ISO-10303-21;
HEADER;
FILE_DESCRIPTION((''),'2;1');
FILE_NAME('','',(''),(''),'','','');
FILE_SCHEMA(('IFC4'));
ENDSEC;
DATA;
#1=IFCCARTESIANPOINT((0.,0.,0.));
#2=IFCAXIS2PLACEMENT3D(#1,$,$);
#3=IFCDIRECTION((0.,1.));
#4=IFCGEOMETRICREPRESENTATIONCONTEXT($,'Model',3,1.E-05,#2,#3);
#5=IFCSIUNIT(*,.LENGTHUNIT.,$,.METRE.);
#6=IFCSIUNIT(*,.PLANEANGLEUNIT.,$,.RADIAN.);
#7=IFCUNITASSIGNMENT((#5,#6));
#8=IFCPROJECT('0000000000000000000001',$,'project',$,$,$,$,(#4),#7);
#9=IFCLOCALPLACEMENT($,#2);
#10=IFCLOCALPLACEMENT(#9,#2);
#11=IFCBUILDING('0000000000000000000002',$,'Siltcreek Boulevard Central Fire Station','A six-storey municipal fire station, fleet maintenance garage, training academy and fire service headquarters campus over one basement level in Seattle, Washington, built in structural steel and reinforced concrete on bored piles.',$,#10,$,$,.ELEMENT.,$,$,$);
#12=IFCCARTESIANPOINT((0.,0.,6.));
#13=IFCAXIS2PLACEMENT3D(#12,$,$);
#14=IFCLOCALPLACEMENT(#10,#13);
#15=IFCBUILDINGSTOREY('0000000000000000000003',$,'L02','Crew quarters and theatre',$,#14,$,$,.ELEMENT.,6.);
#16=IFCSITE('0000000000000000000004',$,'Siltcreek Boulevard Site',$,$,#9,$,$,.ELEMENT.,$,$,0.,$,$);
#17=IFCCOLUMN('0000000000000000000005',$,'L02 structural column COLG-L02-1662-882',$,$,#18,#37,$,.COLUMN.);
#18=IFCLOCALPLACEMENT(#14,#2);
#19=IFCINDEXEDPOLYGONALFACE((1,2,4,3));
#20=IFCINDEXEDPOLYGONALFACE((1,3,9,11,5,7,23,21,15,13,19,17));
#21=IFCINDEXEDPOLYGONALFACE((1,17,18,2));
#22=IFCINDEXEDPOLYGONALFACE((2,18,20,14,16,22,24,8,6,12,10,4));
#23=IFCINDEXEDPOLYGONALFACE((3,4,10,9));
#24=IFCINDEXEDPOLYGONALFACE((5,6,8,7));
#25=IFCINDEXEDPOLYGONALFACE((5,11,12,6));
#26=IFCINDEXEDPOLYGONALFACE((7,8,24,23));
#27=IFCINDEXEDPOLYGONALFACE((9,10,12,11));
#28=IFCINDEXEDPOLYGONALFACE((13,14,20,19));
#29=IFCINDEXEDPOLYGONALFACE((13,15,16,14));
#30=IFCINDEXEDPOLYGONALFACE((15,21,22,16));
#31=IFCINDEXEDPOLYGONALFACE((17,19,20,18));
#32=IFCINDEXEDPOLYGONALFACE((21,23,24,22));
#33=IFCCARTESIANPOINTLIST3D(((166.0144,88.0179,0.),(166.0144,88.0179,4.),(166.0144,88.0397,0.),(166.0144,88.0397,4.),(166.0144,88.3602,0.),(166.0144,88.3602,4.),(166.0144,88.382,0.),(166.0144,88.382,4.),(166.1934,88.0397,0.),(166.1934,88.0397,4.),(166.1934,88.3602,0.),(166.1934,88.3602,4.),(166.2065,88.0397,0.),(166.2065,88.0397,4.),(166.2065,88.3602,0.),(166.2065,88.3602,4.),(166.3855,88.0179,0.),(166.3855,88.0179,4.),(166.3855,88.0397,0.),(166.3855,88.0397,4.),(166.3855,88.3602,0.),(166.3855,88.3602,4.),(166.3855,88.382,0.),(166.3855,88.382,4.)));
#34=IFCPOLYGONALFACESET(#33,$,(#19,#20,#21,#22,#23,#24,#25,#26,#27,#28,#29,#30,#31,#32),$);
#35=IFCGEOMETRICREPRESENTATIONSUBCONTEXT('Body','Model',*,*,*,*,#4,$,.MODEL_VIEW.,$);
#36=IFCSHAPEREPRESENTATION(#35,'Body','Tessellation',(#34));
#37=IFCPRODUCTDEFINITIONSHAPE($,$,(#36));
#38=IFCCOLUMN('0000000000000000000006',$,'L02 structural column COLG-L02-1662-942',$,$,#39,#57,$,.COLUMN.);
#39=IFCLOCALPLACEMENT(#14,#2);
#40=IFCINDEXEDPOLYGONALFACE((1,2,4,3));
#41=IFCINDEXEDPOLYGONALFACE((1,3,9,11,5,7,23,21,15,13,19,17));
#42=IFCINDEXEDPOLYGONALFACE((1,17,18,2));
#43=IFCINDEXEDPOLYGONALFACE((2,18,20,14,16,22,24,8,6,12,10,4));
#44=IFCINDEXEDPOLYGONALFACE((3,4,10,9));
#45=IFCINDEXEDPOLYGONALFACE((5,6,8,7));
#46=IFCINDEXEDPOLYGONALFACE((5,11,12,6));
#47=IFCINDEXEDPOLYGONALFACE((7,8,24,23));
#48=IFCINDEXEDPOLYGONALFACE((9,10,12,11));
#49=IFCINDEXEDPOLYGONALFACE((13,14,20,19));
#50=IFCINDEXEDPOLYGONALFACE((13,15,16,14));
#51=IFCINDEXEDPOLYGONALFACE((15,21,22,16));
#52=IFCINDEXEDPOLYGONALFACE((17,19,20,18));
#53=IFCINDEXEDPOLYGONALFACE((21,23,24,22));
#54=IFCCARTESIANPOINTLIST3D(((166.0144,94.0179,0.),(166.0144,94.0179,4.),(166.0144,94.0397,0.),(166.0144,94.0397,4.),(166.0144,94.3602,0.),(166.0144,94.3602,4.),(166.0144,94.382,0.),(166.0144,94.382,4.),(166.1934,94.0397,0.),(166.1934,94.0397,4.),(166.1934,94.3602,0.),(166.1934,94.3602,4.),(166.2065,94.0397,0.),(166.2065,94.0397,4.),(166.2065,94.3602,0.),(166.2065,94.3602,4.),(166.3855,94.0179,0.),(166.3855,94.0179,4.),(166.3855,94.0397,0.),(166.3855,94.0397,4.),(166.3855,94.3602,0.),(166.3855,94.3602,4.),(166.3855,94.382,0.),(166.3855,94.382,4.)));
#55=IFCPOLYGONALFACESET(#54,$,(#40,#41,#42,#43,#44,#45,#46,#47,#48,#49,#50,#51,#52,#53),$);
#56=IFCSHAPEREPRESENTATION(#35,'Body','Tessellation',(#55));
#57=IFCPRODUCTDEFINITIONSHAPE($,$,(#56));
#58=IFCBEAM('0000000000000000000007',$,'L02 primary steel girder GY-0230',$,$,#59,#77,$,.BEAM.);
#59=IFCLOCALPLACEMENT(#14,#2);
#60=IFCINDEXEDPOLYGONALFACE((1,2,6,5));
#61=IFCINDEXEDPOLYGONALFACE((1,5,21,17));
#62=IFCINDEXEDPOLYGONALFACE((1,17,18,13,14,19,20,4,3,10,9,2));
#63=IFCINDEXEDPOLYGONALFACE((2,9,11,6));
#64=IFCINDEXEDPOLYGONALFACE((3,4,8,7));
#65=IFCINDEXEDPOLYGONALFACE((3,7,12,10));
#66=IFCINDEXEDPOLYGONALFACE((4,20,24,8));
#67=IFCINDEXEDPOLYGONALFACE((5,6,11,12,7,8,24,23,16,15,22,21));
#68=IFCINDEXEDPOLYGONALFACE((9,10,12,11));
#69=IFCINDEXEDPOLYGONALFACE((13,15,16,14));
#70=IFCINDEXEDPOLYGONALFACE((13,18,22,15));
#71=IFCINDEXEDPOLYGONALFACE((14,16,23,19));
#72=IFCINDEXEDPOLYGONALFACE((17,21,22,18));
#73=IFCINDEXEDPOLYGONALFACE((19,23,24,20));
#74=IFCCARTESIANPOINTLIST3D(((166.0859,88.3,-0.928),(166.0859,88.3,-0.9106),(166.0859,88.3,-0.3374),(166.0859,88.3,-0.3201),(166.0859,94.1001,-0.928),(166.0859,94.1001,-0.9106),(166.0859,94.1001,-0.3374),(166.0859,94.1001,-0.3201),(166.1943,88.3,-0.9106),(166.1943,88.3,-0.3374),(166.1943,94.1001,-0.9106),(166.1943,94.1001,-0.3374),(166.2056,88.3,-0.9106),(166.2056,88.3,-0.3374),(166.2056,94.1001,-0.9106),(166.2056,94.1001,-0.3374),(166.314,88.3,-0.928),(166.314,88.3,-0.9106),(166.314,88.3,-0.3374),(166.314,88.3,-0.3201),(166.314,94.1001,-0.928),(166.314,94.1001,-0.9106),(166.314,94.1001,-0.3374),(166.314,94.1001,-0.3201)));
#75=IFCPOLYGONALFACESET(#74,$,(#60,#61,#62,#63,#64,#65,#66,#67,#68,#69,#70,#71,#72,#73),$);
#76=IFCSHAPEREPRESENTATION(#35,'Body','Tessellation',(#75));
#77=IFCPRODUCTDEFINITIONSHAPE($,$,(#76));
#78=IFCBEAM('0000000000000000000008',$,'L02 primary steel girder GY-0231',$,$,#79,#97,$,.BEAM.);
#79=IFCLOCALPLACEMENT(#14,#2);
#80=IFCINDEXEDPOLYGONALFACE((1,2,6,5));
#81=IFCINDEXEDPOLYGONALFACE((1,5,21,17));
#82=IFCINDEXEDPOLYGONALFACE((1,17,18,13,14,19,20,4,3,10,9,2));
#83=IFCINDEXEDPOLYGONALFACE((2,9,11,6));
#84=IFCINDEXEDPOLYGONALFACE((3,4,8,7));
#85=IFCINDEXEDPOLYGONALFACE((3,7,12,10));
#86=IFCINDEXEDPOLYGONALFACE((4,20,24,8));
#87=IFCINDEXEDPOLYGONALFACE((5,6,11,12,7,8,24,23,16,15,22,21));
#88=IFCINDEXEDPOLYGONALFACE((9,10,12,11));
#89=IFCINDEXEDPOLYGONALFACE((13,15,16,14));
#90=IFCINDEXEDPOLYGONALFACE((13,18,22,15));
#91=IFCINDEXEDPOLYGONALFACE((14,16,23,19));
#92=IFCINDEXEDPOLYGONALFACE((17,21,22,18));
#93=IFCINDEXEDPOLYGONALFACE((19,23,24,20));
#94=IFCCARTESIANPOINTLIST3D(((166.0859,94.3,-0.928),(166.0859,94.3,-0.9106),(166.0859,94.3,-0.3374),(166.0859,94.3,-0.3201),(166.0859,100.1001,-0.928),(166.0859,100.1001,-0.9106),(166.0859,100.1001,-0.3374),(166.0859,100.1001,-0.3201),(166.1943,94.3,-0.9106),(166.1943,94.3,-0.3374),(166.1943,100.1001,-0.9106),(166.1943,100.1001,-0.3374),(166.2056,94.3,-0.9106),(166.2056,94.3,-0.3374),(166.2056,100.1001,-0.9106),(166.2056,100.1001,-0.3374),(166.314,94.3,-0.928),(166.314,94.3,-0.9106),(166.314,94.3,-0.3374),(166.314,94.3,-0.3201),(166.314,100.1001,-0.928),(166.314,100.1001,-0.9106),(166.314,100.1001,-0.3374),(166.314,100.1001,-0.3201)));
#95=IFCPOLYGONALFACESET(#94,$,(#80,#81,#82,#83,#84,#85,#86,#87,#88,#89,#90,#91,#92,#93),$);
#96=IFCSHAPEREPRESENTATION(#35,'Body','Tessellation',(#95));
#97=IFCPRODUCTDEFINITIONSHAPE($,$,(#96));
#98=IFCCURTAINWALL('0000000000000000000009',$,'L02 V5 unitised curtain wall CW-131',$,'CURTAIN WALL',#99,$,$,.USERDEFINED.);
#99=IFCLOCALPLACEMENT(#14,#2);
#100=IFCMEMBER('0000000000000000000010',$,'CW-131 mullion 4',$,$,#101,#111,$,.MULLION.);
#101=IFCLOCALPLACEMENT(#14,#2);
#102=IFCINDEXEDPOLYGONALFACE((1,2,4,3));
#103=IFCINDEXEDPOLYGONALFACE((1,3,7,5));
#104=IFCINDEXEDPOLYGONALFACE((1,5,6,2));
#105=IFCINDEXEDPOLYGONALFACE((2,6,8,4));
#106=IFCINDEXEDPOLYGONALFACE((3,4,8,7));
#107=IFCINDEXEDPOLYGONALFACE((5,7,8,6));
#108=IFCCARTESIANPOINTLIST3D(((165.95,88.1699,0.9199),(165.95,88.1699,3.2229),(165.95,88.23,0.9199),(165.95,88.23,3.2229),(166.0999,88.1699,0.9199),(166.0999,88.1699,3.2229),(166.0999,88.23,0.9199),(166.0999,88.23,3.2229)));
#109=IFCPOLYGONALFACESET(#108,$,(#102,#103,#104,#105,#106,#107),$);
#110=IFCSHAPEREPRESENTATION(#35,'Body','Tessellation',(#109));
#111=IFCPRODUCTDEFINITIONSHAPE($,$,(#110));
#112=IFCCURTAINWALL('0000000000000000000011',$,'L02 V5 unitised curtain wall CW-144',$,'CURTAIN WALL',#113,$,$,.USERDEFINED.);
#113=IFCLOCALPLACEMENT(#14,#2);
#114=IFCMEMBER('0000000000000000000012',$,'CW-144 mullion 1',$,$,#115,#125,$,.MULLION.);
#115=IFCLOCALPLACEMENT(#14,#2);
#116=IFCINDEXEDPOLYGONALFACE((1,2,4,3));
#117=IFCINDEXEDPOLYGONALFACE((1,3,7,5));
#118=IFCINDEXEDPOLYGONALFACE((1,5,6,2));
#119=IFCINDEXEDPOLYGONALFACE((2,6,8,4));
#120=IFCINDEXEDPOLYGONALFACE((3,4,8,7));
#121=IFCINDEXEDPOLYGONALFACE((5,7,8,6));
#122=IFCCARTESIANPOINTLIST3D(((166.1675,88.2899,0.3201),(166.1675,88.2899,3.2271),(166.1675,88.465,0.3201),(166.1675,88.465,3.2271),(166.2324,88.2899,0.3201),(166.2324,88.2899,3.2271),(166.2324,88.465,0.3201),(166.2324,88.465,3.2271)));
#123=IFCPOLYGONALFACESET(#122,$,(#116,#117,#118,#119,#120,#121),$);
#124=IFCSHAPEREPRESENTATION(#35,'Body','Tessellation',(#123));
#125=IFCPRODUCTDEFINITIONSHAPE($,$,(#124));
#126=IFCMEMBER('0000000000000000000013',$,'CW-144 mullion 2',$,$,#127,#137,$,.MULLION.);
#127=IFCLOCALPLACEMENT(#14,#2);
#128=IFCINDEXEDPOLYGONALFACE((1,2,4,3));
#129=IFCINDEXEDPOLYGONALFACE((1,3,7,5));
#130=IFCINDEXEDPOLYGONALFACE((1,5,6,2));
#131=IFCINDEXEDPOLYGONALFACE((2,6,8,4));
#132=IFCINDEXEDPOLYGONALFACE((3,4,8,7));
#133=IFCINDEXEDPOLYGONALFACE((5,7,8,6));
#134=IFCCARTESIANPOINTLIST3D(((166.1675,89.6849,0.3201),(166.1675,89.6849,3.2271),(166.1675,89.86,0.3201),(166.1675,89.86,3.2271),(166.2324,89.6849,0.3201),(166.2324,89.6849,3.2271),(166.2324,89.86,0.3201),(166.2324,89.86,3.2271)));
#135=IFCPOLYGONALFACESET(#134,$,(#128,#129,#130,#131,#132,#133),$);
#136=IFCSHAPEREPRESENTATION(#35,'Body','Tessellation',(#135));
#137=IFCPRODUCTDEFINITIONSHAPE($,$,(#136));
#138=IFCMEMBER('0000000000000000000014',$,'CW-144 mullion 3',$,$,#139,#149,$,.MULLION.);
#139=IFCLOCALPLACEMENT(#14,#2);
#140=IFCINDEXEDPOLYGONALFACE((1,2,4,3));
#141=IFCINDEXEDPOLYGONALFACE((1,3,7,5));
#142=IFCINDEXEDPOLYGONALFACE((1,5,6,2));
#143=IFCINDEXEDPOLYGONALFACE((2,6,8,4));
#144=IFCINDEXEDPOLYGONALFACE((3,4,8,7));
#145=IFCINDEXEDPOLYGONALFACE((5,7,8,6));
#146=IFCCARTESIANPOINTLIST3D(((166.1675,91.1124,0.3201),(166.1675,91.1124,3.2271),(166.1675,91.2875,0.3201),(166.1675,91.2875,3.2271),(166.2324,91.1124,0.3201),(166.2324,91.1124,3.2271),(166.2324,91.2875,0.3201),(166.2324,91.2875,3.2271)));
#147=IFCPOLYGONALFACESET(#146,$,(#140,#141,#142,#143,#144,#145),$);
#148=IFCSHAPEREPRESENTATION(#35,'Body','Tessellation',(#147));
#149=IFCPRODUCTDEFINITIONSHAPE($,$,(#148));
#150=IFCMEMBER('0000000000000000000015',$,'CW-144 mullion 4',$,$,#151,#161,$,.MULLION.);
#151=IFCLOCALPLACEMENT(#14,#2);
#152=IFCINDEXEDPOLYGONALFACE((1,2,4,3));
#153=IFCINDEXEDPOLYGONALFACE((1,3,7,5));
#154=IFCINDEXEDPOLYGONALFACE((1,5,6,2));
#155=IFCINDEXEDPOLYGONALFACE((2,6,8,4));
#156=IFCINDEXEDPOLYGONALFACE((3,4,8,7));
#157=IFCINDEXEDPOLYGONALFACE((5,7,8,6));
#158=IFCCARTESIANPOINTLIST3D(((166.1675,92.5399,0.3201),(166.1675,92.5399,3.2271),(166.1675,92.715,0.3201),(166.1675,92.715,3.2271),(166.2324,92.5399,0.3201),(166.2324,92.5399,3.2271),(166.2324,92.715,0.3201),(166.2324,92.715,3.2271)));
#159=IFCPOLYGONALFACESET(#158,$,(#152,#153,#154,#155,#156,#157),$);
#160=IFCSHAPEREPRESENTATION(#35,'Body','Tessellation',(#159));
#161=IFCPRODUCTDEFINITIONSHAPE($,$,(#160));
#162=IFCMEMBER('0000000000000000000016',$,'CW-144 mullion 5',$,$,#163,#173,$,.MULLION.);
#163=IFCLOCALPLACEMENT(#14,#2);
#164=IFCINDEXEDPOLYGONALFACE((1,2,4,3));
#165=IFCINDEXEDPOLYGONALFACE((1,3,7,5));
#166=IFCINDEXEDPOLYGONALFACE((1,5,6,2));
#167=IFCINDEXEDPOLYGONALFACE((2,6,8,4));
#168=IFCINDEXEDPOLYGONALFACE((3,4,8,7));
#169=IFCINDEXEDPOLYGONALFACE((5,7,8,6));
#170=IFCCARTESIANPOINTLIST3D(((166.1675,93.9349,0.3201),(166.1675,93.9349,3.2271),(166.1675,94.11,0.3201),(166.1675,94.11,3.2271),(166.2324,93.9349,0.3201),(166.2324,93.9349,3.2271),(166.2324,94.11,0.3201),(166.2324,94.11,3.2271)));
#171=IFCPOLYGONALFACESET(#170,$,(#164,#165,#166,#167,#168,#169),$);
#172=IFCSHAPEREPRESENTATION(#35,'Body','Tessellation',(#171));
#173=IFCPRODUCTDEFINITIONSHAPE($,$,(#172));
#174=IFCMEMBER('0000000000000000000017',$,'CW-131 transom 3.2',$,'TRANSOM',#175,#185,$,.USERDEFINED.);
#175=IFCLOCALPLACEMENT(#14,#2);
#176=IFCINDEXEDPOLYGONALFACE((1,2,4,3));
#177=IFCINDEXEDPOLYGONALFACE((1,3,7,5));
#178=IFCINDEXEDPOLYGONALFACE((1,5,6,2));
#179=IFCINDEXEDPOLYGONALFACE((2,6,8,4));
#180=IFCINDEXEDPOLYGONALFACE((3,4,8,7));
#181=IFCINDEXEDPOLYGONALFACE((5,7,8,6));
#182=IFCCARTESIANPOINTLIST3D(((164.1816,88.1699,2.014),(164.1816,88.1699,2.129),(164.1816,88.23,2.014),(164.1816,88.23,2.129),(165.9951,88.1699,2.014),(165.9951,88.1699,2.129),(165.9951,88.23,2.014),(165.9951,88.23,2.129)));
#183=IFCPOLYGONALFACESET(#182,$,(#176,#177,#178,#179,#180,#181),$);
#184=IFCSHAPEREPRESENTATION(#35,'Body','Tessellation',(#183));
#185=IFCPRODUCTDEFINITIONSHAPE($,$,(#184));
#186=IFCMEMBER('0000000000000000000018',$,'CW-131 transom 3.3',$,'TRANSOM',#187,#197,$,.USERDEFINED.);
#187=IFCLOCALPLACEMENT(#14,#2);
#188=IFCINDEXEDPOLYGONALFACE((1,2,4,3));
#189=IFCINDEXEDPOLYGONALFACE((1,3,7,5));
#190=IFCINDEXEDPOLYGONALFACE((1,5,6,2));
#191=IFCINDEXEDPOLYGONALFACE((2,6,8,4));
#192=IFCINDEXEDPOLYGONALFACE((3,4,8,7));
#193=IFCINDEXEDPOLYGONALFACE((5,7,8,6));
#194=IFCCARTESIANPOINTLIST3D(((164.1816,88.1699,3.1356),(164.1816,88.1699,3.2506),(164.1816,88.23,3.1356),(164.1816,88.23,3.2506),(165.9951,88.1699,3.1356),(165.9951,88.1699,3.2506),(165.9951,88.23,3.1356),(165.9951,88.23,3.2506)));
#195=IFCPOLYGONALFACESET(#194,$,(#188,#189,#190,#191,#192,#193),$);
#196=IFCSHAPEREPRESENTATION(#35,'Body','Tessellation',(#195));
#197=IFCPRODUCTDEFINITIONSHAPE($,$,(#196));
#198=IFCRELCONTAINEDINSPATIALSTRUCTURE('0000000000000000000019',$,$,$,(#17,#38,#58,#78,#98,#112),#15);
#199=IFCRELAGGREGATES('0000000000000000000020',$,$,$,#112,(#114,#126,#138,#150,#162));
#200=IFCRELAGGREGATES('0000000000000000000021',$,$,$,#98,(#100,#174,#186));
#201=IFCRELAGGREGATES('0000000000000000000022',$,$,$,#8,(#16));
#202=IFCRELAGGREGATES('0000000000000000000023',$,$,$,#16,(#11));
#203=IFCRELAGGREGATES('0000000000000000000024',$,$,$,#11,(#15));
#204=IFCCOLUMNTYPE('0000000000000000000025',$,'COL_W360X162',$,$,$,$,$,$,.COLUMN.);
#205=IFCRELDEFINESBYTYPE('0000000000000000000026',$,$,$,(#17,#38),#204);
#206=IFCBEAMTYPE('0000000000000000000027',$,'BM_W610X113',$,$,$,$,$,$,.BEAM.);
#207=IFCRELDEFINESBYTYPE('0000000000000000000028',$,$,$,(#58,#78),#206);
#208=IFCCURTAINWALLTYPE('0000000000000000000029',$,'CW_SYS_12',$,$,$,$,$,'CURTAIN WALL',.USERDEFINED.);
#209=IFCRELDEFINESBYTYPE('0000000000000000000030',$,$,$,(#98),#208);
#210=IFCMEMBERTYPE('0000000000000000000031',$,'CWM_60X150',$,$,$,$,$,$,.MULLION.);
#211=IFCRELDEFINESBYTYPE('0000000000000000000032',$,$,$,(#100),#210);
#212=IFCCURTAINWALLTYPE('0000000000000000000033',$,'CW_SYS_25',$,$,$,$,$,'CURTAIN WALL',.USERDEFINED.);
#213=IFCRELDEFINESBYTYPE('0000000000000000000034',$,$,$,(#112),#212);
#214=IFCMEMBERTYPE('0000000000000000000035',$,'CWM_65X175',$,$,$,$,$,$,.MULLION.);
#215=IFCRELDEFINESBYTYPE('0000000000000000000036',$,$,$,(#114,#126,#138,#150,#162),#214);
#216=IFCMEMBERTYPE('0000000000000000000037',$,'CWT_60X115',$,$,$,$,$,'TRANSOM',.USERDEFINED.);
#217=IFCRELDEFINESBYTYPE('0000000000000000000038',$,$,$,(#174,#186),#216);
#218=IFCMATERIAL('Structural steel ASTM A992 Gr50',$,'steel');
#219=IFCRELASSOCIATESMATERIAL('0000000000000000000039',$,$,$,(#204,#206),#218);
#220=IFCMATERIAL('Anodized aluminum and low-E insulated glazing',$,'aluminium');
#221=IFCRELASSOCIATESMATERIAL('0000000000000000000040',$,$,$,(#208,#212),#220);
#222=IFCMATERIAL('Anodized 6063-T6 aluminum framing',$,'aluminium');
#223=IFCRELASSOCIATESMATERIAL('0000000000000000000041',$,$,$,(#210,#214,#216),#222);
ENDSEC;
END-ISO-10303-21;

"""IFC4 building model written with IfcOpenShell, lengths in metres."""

from ifc_helpers import new_model, si_unit, direction, frame, origin, origin_2d, place, context, subcontext, project, spatial, rectangle, i_section, extrude, material, material_profile, profile_set, type_object, element, aggregate, save


model = new_model("IFC4")

# Units and contexts
model_context = context("Model", 3, precision=1e-05, world=origin(), true_north=direction((0.0, 1.0)))
body_context = subcontext(model_context, "Body", "Model", "MODEL_VIEW")
ifc_project = project(units=[si_unit("LENGTHUNIT", "METRE"), si_unit("PLANEANGLEUNIT", "RADIAN")], contexts=[model_context])

# Site, building, storey
site_placement = place(None, origin())
site = spatial("IfcSite", under=ifc_project, at=site_placement, Name="Siltcreek Boulevard Site", CompositionType="ELEMENT", RefElevation=0.0)
building_placement = place(site_placement, origin())
building = spatial("IfcBuilding", under=site, at=building_placement, Name="Siltcreek Boulevard Central Fire Station", Description="A six-storey municipal fire station, fleet maintenance garage, training academy and fire service headquarters campus over one basement level in Seattle, Washington, built in structural steel and reinforced concrete on bored piles.", CompositionType="ELEMENT")
storey_placement = place(building_placement, frame((0.0, 0.0, 6.0)))
storey = spatial("IfcBuildingStorey", under=building, at=storey_placement, Name="L02", Description="Crew quarters and theatre", CompositionType="ELEMENT", Elevation=6.0)

# Columns
ifc_material_1 = material(Name="Structural steel ASTM A992 Gr50", Category="steel")
ifc_material_profile_1 = material_profile(ifc_material_1, i_section(OverallWidth=0.3711, OverallDepth=0.364, WebThickness=0.0132, FlangeThickness=0.0217, at=origin_2d()), Name="W360X162")
ifc_profile_set_1 = profile_set([ifc_material_profile_1], Name="Structural steel ASTM A992 Gr50")
column_type = type_object("IfcColumnType", Name="COL_W360X162", PredefinedType="COLUMN", material=ifc_profile_set_1)
for number, where, z_axis, x_axis, name in (
    (1, (166.2, 88.2, 0.0), (0.0, 0.0, 1.0), (1.0, 0.0, 0.0), "L02 structural column COLG-L02-1662-882"),
    (2, (166.2, 94.2, 0.0), (0.0, 0.0, 1.0), (1.0, 0.0, 0.0), "L02 structural column COLG-L02-1662-942"),
):
    element("IfcColumn", number, at=place(storey_placement, frame(where, z_axis=z_axis, x_axis=x_axis)), inside=storey, type_object=column_type, Name=name, PredefinedType="COLUMN", context=body_context, shape_type="SweptSolid", body=[
        extrude(i_section(OverallWidth=0.3711, OverallDepth=0.364, WebThickness=0.0132, FlangeThickness=0.0217, at=origin_2d()), origin(), (0.0, 0.0, 1.0), 4.0),
    ])

# Beams
ifc_material_profile_2 = material_profile(ifc_material_1, i_section(OverallWidth=0.228, OverallDepth=0.6079, WebThickness=0.0112, FlangeThickness=0.0173, at=origin_2d()), Name="W610X113")
ifc_profile_set_2 = profile_set([ifc_material_profile_2], Name="Structural steel ASTM A992 Gr50")
beam_type_1 = type_object("IfcBeamType", Name="BM_W610X113", PredefinedType="BEAM", material=ifc_profile_set_2)
for number, where, z_axis, x_axis, name in (
    (3, (166.2, 88.3, -0.624), (0.0, 1.0, 0.0), (-1.0, 0.0, 0.0), "L02 primary steel girder GY-0230"),
    (4, (166.2, 94.3, -0.624), (0.0, 1.0, 0.0), (-1.0, 0.0, 0.0), "L02 primary steel girder GY-0231"),
):
    element("IfcBeam", number, at=place(storey_placement, frame(where, z_axis=z_axis, x_axis=x_axis)), inside=storey, type_object=beam_type_1, Name=name, PredefinedType="BEAM", context=body_context, shape_type="SweptSolid", body=[
        extrude(i_section(OverallWidth=0.228, OverallDepth=0.6079, WebThickness=0.0112, FlangeThickness=0.0173, at=origin_2d()), origin(), (0.0, 0.0, 1.0), 5.8),
    ])

# Curtain wall, member
ifc_material_2 = material(Name="Anodized aluminum and low-E insulated glazing", Category="aluminium")
curtain_wall_type_1 = type_object("IfcCurtainWallType", Name="CW_SYS_12", ElementType="CURTAIN WALL", PredefinedType="USERDEFINED", material=ifc_material_2)
curtain_wall_1_placement = place(storey_placement, origin())
curtain_wall_1 = element("IfcCurtainWall", 5, at=curtain_wall_1_placement, inside=storey, type_object=curtain_wall_type_1, Name="L02 V5 unitised curtain wall CW-131", ObjectType="CURTAIN WALL", PredefinedType="USERDEFINED")
ifc_material_3 = material(Name="Anodized 6063-T6 aluminum framing", Category="aluminium")
ifc_material_profile_3 = material_profile(ifc_material_3, rectangle(XDim=0.0601, YDim=0.1499, at=origin_2d()), Name="MULL60X150")
ifc_profile_set_3 = profile_set([ifc_material_profile_3], Name="Anodized 6063-T6 aluminum framing")
member_type_1 = type_object("IfcMemberType", Name="CWM_60X150", PredefinedType="MULLION", material=ifc_profile_set_3)
member_1_placement = place(storey_placement, frame((166.0249, 88.2, 0.9199), z_axis=(0.0, 0.0, 1.0), x_axis=(0.0, 1.0, 0.0)))
member_1 = element("IfcMember", 6, at=member_1_placement, type_object=member_type_1, Name="CW-131 mullion 4", PredefinedType="MULLION", context=body_context, shape_type="SweptSolid", body=[
    extrude(rectangle(XDim=0.0601, YDim=0.1499, at=origin_2d()), origin(), (0.0, 0.0, 1.0), 2.303),
])

# Curtain wall, members
curtain_wall_type_2 = type_object("IfcCurtainWallType", Name="CW_SYS_25", ElementType="CURTAIN WALL", PredefinedType="USERDEFINED", material=ifc_material_2)
curtain_wall_2_placement = place(storey_placement, origin())
curtain_wall_2 = element("IfcCurtainWall", 7, at=curtain_wall_2_placement, inside=storey, type_object=curtain_wall_type_2, Name="L02 V5 unitised curtain wall CW-144", ObjectType="CURTAIN WALL", PredefinedType="USERDEFINED")
ifc_material_profile_4 = material_profile(ifc_material_3, rectangle(XDim=0.0649, YDim=0.175, at=origin_2d()), Name="MULL65X175")
ifc_profile_set_4 = profile_set([ifc_material_profile_4], Name="Anodized 6063-T6 aluminum framing")
member_type_2 = type_object("IfcMemberType", Name="CWM_65X175", PredefinedType="MULLION", material=ifc_profile_set_4)
member_2_placement = place(storey_placement, frame((166.2, 88.3774, 0.3201), z_axis=(0.0, 0.0, 1.0), x_axis=(-1.0, 0.0, 0.0)))
member_2 = element("IfcMember", 8, at=member_2_placement, type_object=member_type_2, Name="CW-144 mullion 1", PredefinedType="MULLION", context=body_context, shape_type="SweptSolid", body=[
    extrude(rectangle(XDim=0.0649, YDim=0.175, at=origin_2d()), origin(), (0.0, 0.0, 1.0), 2.907),
])
member_3_placement = place(storey_placement, frame((166.2, 89.7725, 0.3201), z_axis=(0.0, 0.0, 1.0), x_axis=(-1.0, 0.0, 0.0)))
member_3 = element("IfcMember", 9, at=member_3_placement, type_object=member_type_2, Name="CW-144 mullion 2", PredefinedType="MULLION", context=body_context, shape_type="SweptSolid", body=[
    extrude(rectangle(XDim=0.0649, YDim=0.175, at=origin_2d()), origin(), (0.0, 0.0, 1.0), 2.907),
])
member_4_placement = place(storey_placement, frame((166.2, 91.2, 0.3201), z_axis=(0.0, 0.0, 1.0), x_axis=(-1.0, 0.0, 0.0)))
member_4 = element("IfcMember", 10, at=member_4_placement, type_object=member_type_2, Name="CW-144 mullion 3", PredefinedType="MULLION", context=body_context, shape_type="SweptSolid", body=[
    extrude(rectangle(XDim=0.0649, YDim=0.175, at=origin_2d()), origin(), (0.0, 0.0, 1.0), 2.907),
])
member_5_placement = place(storey_placement, frame((166.2, 92.6274, 0.3201), z_axis=(0.0, 0.0, 1.0), x_axis=(-1.0, 0.0, 0.0)))
member_5 = element("IfcMember", 11, at=member_5_placement, type_object=member_type_2, Name="CW-144 mullion 4", PredefinedType="MULLION", context=body_context, shape_type="SweptSolid", body=[
    extrude(rectangle(XDim=0.0649, YDim=0.175, at=origin_2d()), origin(), (0.0, 0.0, 1.0), 2.907),
])
member_6_placement = place(storey_placement, frame((166.2, 94.0225, 0.3201), z_axis=(0.0, 0.0, 1.0), x_axis=(-1.0, 0.0, 0.0)))
member_6 = element("IfcMember", 12, at=member_6_placement, type_object=member_type_2, Name="CW-144 mullion 5", PredefinedType="MULLION", context=body_context, shape_type="SweptSolid", body=[
    extrude(rectangle(XDim=0.0649, YDim=0.175, at=origin_2d()), origin(), (0.0, 0.0, 1.0), 2.907),
])

# Members
ifc_material_profile_5 = material_profile(ifc_material_3, rectangle(XDim=0.0601, YDim=0.115, at=origin_2d()), Name="TRAN60X115")
ifc_profile_set_5 = profile_set([ifc_material_profile_5], Name="Anodized 6063-T6 aluminum framing")
member_type_3 = type_object("IfcMemberType", Name="CWT_60X115", ElementType="TRANSOM", PredefinedType="USERDEFINED", material=ifc_profile_set_5)
member_7_placement = place(storey_placement, frame((164.1816, 88.2, 2.0715), z_axis=(1.0, 0.0, 0.0), x_axis=(0.0, 1.0, 0.0)))
member_7 = element("IfcMember", 13, at=member_7_placement, type_object=member_type_3, Name="CW-131 transom 3.2", ObjectType="TRANSOM", PredefinedType="USERDEFINED", context=body_context, shape_type="SweptSolid", body=[
    extrude(rectangle(XDim=0.0601, YDim=0.115, at=origin_2d()), origin(), (0.0, 0.0, 1.0), 1.8135),
])
member_8_placement = place(storey_placement, frame((164.1816, 88.2, 3.1931), z_axis=(1.0, 0.0, 0.0), x_axis=(0.0, 1.0, 0.0)))
member_8 = element("IfcMember", 14, at=member_8_placement, type_object=member_type_3, Name="CW-131 transom 3.3", ObjectType="TRANSOM", PredefinedType="USERDEFINED", context=body_context, shape_type="SweptSolid", body=[
    extrude(rectangle(XDim=0.0601, YDim=0.115, at=origin_2d()), origin(), (0.0, 0.0, 1.0), 1.8135),
])

aggregate(curtain_wall_2, [member_2, member_3, member_4, member_5, member_6])
aggregate(curtain_wall_1, [member_1, member_7, member_8])

save(model, "model.ifc")
